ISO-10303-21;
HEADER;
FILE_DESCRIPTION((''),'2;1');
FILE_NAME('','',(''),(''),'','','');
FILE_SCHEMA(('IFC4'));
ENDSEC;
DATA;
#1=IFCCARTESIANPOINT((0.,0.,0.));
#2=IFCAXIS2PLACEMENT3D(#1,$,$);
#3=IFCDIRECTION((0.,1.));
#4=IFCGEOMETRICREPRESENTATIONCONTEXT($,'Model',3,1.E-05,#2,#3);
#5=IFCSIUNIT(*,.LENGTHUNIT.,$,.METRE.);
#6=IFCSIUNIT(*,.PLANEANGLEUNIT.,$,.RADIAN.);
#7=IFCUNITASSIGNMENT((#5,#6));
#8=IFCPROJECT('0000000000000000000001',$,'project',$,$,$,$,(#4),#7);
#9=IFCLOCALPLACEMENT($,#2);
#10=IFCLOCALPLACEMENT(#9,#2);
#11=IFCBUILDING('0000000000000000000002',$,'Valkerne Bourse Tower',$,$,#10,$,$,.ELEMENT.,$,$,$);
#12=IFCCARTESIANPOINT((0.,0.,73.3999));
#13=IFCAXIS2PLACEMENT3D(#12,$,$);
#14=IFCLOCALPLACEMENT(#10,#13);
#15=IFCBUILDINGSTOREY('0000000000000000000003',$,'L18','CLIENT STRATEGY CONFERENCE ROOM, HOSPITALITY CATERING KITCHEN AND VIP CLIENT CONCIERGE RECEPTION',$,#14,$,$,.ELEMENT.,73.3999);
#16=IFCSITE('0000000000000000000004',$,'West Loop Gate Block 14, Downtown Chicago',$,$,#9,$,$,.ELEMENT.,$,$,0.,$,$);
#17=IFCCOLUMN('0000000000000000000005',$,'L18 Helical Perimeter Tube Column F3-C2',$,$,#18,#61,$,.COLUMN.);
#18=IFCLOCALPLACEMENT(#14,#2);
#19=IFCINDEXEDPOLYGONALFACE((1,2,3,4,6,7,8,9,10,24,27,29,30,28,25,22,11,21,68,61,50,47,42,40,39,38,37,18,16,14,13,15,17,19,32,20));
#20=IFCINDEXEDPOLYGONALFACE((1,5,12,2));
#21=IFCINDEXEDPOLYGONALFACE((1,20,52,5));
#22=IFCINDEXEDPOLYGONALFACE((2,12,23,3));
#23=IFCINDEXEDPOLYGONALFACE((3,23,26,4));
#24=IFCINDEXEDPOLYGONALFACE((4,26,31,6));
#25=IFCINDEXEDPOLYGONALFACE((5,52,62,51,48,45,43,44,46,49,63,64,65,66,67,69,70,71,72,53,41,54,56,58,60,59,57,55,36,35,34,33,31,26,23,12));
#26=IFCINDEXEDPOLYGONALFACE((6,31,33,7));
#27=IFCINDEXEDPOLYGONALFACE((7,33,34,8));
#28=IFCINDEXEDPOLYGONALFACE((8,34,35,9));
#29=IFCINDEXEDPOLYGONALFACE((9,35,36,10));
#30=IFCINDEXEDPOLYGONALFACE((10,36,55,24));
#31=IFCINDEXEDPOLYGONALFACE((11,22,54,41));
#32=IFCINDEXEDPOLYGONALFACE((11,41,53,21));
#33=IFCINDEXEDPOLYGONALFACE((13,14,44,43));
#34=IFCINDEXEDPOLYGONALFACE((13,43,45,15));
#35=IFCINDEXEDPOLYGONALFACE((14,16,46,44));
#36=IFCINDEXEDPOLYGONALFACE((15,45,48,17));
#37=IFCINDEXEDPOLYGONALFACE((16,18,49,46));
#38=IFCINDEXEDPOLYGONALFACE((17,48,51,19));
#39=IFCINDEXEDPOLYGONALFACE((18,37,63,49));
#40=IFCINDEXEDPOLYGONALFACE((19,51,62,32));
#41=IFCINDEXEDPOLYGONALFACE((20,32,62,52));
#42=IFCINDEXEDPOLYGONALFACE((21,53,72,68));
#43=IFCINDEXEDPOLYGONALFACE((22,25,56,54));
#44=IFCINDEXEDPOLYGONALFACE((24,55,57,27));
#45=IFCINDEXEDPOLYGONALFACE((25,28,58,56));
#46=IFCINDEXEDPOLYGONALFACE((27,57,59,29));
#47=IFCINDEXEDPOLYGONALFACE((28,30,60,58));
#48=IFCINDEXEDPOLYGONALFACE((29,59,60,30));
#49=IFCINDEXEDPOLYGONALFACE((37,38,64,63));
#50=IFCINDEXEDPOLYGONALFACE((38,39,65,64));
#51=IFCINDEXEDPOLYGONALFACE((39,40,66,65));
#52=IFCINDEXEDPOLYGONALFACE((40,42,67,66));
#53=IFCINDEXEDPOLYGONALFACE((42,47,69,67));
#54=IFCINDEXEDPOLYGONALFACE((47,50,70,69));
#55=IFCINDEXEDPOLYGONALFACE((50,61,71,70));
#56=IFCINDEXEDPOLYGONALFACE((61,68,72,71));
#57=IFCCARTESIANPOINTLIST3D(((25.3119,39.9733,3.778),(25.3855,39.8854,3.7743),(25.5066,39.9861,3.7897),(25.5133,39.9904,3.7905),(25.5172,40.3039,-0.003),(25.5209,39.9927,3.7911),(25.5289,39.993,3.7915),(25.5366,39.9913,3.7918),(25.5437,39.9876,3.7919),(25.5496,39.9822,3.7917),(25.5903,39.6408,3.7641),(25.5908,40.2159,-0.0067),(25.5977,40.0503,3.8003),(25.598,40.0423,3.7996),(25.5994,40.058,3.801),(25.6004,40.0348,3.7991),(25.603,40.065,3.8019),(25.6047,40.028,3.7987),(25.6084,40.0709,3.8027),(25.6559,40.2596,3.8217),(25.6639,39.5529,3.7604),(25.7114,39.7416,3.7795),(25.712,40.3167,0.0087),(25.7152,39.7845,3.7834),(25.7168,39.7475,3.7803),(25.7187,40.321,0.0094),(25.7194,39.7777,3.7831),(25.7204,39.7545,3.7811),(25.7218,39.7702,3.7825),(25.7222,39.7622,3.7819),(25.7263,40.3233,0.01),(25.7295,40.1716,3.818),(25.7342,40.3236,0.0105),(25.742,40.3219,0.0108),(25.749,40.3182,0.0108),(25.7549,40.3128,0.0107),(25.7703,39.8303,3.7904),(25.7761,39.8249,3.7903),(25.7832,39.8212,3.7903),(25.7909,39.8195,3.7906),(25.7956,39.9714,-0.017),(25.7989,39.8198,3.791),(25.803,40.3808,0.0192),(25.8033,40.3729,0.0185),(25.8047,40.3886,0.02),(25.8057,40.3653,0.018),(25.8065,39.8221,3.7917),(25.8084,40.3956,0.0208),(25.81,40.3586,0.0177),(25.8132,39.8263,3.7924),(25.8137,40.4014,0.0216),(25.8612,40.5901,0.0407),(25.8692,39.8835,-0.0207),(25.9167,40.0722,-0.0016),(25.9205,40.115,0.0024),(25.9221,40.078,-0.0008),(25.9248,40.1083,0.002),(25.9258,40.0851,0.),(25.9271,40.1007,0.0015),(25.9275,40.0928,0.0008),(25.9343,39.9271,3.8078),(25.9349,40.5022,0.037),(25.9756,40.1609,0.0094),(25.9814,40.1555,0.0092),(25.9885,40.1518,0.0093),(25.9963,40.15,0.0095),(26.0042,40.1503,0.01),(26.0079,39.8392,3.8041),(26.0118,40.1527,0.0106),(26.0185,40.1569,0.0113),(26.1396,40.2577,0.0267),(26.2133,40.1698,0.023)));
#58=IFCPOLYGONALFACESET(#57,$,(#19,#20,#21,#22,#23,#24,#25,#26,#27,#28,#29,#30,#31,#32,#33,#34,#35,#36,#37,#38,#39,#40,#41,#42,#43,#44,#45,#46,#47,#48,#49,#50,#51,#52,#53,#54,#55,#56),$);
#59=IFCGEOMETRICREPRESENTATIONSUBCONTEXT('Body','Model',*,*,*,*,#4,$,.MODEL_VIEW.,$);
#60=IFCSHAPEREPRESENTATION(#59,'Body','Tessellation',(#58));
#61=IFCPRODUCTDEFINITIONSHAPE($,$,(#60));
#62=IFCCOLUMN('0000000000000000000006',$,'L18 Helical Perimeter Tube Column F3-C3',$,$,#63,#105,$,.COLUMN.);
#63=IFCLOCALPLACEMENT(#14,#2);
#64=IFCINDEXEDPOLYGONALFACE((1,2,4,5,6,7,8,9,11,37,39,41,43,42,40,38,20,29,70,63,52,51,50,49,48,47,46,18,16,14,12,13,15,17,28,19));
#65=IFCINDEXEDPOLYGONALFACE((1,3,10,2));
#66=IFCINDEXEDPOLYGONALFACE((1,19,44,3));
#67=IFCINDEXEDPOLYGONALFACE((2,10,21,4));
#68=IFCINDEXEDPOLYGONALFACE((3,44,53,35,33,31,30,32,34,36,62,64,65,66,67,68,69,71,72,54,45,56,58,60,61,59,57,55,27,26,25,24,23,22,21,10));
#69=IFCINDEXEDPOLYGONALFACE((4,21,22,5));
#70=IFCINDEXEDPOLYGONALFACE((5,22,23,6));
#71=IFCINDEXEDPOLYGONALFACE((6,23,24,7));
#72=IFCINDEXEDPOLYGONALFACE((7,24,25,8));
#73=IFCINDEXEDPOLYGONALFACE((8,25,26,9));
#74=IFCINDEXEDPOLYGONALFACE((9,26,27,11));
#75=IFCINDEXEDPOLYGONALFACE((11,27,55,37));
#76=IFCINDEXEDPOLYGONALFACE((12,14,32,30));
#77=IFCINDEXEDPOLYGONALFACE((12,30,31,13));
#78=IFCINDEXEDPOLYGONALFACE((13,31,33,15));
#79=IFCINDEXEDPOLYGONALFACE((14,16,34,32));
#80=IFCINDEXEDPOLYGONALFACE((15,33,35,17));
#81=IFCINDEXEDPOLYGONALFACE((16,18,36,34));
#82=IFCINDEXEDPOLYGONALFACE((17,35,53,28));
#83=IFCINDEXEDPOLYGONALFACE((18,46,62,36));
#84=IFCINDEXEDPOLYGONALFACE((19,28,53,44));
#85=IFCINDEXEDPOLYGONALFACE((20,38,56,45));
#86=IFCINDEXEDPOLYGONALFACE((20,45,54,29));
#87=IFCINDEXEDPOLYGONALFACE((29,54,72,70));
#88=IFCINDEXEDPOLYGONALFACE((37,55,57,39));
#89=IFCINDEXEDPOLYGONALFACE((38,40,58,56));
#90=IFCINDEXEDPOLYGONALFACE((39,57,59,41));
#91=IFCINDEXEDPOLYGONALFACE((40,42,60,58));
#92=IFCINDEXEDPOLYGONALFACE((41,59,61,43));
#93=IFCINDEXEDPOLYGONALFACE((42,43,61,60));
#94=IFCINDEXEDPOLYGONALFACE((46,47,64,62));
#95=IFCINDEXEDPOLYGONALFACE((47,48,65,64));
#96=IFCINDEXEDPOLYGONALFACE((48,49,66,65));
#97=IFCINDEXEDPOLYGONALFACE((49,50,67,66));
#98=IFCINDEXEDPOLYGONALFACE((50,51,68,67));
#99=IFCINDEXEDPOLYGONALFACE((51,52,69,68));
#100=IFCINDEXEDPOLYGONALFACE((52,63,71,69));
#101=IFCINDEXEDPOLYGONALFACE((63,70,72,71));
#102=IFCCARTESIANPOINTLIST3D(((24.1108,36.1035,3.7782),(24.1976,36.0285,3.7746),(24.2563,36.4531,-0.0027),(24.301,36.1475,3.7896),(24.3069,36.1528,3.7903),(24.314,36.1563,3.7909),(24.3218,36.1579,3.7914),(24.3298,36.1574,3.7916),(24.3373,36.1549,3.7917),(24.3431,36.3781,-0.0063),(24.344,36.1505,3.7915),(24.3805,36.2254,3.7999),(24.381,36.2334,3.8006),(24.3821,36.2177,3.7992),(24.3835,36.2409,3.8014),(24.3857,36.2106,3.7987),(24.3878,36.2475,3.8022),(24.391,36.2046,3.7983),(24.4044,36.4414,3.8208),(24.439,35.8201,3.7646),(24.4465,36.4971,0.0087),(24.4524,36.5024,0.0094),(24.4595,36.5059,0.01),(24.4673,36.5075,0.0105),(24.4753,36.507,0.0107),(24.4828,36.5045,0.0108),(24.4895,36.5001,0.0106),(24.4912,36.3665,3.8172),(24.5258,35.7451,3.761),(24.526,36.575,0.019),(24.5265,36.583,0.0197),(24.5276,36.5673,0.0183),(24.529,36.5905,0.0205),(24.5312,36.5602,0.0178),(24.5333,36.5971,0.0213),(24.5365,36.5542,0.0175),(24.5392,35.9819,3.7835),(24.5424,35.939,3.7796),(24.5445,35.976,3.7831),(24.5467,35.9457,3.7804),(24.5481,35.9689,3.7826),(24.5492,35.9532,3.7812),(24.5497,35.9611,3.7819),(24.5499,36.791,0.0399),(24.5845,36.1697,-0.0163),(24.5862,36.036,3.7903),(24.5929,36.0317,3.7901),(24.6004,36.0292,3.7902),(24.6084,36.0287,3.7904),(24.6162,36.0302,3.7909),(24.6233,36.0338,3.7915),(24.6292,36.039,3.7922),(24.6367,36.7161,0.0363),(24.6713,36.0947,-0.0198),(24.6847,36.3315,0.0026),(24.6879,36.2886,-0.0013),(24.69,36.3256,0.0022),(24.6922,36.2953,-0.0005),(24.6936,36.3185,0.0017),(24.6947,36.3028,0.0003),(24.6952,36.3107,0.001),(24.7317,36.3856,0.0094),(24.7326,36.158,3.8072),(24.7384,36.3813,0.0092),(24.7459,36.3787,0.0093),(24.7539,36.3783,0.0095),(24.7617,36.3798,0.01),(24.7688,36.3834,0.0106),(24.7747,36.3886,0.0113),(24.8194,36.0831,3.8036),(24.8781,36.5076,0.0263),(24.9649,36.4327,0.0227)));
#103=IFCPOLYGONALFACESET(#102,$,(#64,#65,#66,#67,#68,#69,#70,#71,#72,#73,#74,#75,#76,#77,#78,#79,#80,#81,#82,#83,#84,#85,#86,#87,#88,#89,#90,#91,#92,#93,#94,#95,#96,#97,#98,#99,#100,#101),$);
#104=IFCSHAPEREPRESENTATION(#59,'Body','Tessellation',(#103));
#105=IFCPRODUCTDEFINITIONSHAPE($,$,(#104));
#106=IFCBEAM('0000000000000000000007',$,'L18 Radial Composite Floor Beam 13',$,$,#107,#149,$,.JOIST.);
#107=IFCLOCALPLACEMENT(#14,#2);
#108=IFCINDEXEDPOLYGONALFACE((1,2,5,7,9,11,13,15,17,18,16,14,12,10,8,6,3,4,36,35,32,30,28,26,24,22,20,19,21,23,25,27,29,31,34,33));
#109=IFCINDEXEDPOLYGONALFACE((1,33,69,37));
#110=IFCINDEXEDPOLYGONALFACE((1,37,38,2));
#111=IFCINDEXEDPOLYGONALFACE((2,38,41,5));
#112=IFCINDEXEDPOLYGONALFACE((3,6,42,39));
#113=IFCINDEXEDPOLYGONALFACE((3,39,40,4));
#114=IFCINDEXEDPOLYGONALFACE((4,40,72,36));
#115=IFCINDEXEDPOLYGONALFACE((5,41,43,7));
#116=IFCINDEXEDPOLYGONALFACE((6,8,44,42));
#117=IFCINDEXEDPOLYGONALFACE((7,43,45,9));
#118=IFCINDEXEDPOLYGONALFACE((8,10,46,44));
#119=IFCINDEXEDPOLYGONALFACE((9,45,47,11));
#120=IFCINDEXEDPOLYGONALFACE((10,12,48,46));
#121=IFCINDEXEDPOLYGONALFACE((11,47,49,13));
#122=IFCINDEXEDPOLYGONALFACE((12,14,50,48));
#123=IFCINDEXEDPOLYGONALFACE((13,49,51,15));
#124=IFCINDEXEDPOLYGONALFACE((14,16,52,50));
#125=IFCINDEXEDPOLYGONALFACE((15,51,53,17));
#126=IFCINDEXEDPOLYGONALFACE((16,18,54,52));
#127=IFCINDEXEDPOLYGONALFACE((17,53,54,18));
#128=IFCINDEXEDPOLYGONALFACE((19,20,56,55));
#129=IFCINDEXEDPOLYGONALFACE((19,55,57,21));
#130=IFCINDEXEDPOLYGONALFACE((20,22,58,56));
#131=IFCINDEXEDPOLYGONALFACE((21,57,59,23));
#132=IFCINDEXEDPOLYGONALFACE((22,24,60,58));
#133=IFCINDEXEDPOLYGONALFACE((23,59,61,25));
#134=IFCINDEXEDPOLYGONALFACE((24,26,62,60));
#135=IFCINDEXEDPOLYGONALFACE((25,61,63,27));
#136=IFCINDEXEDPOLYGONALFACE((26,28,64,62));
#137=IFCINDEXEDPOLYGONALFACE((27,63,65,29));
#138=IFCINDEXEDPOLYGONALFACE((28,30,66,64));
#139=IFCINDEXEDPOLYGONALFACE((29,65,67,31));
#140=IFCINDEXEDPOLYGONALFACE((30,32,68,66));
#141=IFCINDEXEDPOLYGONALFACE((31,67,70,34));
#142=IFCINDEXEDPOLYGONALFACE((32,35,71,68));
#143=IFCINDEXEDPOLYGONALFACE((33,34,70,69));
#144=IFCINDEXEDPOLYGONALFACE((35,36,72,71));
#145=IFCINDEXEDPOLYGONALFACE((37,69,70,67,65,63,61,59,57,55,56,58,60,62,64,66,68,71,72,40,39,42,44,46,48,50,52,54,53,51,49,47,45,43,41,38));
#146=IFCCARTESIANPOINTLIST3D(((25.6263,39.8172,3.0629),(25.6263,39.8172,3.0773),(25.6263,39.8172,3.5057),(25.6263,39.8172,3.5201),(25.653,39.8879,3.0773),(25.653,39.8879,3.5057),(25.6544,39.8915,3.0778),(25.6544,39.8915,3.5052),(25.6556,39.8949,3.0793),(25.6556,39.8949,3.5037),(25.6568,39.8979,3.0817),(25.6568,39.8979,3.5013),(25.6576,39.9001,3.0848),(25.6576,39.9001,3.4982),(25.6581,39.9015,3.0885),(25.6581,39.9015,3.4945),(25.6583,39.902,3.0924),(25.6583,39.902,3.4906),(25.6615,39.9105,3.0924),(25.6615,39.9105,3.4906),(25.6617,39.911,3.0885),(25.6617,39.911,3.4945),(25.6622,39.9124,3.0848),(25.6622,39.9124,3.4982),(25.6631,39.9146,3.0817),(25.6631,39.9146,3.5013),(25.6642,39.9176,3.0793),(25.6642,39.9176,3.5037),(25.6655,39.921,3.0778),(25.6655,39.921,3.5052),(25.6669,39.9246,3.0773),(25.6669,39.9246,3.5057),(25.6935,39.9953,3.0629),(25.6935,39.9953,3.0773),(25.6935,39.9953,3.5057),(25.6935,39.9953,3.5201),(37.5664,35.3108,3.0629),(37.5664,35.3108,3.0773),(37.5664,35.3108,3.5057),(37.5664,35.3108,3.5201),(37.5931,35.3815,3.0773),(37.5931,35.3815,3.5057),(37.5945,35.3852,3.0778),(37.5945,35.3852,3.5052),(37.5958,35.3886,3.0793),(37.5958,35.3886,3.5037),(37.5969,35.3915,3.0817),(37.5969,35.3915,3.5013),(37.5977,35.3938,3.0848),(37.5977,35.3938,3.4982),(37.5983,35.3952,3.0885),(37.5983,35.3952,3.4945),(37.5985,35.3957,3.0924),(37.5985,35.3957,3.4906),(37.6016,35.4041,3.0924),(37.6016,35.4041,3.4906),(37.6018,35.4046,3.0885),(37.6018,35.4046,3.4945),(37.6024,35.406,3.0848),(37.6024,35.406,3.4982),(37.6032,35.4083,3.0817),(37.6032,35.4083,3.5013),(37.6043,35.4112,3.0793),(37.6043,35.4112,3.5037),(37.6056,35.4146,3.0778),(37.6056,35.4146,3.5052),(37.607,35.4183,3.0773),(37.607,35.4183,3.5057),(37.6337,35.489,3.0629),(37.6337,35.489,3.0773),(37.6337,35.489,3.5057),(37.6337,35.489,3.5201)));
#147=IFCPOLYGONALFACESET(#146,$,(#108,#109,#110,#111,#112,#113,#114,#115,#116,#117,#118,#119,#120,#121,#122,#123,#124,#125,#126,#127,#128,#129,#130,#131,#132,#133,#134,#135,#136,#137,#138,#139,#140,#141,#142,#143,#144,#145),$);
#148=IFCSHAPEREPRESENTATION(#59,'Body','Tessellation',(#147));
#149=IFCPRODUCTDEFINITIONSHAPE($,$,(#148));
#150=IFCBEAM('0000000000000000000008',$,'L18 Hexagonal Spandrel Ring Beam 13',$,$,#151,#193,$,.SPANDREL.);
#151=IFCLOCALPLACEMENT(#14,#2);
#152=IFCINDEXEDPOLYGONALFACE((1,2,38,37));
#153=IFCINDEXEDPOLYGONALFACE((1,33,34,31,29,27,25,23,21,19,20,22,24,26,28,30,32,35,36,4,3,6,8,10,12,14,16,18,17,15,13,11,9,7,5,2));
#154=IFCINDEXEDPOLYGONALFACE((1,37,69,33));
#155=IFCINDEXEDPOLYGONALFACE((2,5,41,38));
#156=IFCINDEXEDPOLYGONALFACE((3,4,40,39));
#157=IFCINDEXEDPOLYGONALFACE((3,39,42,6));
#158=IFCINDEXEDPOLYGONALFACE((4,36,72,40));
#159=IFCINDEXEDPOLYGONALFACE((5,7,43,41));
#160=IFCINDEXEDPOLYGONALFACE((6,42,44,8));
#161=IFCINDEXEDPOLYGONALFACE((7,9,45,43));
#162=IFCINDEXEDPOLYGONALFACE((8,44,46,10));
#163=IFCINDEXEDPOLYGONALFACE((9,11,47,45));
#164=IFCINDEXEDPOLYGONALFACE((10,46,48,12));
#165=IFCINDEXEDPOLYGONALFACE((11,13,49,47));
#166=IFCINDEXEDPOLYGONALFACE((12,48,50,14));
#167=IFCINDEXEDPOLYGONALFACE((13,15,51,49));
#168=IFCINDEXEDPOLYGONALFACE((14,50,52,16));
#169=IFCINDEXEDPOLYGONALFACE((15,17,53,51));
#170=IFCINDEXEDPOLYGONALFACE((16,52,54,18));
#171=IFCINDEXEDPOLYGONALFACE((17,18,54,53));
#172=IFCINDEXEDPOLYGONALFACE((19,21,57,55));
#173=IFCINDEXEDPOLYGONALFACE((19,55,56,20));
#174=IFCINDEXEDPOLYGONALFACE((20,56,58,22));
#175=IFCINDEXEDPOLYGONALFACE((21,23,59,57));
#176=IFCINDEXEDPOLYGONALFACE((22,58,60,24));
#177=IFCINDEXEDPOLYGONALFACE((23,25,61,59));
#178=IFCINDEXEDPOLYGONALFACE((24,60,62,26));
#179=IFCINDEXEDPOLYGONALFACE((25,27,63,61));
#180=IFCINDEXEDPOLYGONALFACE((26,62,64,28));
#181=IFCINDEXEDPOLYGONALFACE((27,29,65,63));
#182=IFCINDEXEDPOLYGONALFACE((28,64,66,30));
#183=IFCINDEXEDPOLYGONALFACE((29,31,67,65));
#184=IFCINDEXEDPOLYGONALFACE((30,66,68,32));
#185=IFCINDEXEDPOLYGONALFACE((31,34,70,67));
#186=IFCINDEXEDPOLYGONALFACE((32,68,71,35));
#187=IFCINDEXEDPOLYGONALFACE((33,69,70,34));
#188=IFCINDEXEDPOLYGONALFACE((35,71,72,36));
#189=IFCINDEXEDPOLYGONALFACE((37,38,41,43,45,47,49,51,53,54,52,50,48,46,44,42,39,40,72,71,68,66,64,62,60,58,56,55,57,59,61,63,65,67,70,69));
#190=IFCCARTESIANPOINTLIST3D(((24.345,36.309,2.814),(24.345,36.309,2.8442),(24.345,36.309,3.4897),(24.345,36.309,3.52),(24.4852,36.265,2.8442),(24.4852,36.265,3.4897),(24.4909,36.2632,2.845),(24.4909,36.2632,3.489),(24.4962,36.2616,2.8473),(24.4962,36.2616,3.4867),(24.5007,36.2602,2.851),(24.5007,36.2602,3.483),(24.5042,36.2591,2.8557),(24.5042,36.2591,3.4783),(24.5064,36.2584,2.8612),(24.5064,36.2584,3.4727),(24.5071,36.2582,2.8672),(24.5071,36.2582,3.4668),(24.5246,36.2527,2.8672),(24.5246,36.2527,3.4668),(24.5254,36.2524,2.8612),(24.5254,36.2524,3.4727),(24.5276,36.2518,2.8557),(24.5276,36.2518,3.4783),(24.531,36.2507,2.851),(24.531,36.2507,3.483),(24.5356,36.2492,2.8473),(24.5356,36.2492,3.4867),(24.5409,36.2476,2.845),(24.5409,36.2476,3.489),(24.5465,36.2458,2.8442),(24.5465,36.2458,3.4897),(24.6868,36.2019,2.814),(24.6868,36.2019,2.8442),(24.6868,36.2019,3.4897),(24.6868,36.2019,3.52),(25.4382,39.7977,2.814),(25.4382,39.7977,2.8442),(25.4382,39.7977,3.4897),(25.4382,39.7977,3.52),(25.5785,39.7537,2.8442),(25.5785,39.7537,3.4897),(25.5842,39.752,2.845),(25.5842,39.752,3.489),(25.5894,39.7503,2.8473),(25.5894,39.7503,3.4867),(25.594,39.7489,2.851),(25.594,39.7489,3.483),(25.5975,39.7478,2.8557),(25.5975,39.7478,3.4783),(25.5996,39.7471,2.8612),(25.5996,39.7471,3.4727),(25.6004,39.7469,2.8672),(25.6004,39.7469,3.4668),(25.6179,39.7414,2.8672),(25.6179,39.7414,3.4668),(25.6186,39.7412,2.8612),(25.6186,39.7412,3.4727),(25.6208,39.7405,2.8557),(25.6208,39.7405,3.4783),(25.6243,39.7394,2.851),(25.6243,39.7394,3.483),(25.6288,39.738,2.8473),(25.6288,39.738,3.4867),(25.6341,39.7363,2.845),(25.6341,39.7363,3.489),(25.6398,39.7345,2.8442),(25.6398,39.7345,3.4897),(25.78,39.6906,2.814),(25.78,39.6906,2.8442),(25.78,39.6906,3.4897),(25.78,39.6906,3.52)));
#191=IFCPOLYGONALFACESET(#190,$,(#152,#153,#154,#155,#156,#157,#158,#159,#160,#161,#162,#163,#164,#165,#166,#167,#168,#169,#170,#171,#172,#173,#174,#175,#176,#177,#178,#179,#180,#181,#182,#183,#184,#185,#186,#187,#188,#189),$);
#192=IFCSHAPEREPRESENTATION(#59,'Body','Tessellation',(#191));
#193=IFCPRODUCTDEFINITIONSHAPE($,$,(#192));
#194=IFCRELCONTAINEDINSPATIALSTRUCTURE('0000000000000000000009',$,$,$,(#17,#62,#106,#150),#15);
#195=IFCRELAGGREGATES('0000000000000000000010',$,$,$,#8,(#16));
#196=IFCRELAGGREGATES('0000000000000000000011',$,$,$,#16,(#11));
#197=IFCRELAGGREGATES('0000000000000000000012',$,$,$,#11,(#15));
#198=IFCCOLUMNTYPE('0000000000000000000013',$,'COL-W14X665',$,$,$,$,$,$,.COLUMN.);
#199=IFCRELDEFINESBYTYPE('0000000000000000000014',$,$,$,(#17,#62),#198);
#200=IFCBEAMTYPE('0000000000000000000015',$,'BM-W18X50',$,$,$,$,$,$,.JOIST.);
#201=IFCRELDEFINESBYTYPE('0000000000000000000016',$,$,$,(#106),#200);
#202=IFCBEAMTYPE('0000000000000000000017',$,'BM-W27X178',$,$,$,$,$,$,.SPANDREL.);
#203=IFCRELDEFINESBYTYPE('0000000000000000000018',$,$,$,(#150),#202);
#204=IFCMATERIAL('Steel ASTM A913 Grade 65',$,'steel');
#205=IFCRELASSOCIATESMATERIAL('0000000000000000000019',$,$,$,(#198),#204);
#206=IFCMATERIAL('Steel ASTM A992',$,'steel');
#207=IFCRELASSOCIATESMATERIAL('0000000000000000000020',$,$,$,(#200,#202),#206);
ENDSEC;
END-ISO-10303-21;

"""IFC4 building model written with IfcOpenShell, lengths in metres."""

from ifc_helpers import new_model, si_unit, direction, frame, origin, origin_2d, place, context, subcontext, project, spatial, i_section, extrude, material, material_profile, profile_set, type_object, element, save


model = new_model("IFC4")

# Units and contexts
model_context = context("Model", 3, precision=1e-05, world=origin(), true_north=direction((0.0, 1.0)))
body_context = subcontext(model_context, "Body", "Model", "MODEL_VIEW")
ifc_project = project(units=[si_unit("LENGTHUNIT", "METRE"), si_unit("PLANEANGLEUNIT", "RADIAN")], contexts=[model_context])

# Site, building, storey
site_placement = place(None, origin())
site = spatial("IfcSite", under=ifc_project, at=site_placement, Name="West Loop Gate Block 14, Downtown Chicago", CompositionType="ELEMENT", RefElevation=0.0)
building_placement = place(site_placement, origin())
building = spatial("IfcBuilding", under=site, at=building_placement, Name="Valkerne Bourse Tower", CompositionType="ELEMENT")
storey_placement = place(building_placement, frame((0.0, 0.0, 73.3999)))
storey = spatial("IfcBuildingStorey", under=building, at=storey_placement, Name="L18", Description="CLIENT STRATEGY CONFERENCE ROOM, HOSPITALITY CATERING KITCHEN AND VIP CLIENT CONCIERGE RECEPTION", CompositionType="ELEMENT", Elevation=73.3999)

# Columns
ifc_material_1 = material(Name="Steel ASTM A913 Grade 65", Category="steel")
ifc_material_profile_1 = material_profile(ifc_material_1, i_section(OverallWidth=0.4497, OverallDepth=0.5486, WebThickness=0.072, FlangeThickness=0.1147, FilletRadius=0.0305, at=origin_2d()), Name="W14X665")
ifc_profile_set_1 = profile_set([ifc_material_profile_1], Name="Steel ASTM A913 Grade 65")
column_type = type_object("IfcColumnType", Name="COL-W14X665", PredefinedType="COLUMN", material=ifc_profile_set_1)
column_1_placement = place(storey_placement, frame((25.8652, 40.2368, 0.01), z_axis=(-0.054018, -0.086969, 0.994745), x_axis=(-0.76504, -0.636604, -0.097202)))
element("IfcColumn", 1, at=column_1_placement, inside=storey, type_object=column_type, Name="L18 Helical Perimeter Tube Column F3-C2", PredefinedType="COLUMN", context=body_context, shape_type="SweptSolid", body=[
    extrude(i_section(OverallWidth=0.4497, OverallDepth=0.5486, WebThickness=0.072, FlangeThickness=0.1147, FilletRadius=0.0305, at=origin_2d()), origin(), (0.0, 0.0, 1.0), 3.801),
])
column_2_placement = place(storey_placement, frame((24.6106, 36.4429, 0.01), z_axis=(-0.038292, -0.092004, 0.995022), x_axis=(-0.652887, -0.751523, -0.094615)))
element("IfcColumn", 2, at=column_2_placement, inside=storey, type_object=column_type, Name="L18 Helical Perimeter Tube Column F3-C3", PredefinedType="COLUMN", context=body_context, shape_type="SweptSolid", body=[
    extrude(i_section(OverallWidth=0.4497, OverallDepth=0.5486, WebThickness=0.072, FlangeThickness=0.1147, FilletRadius=0.0305, at=origin_2d()), origin(), (0.0, 0.0, 1.0), 3.7998),
])

# Beams
ifc_material_2 = material(Name="Steel ASTM A992", Category="steel")
ifc_material_profile_2 = material_profile(ifc_material_2, i_section(OverallWidth=0.1904, OverallDepth=0.4573, WebThickness=0.009, FlangeThickness=0.0144, FilletRadius=0.0151, at=origin_2d()), Name="W18X50")
ifc_profile_set_2 = profile_set([ifc_material_profile_2], Name="Steel ASTM A992")
beam_type_1 = type_object("IfcBeamType", Name="BM-W18X50", PredefinedType="JOIST", material=ifc_profile_set_2)
beam_1_placement = place(storey_placement, frame((25.6599, 39.9062, 3.2915), z_axis=(0.935586, -0.3531, 0.0), x_axis=(0.3531, 0.935586, 0.0)))
element("IfcBeam", 3, at=beam_1_placement, inside=storey, type_object=beam_type_1, Name="L18 Radial Composite Floor Beam 13", PredefinedType="JOIST", context=body_context, shape_type="SweptSolid", body=[
    extrude(i_section(OverallWidth=0.1904, OverallDepth=0.4573, WebThickness=0.009, FlangeThickness=0.0144, FilletRadius=0.0151, at=origin_2d()), origin(), (0.0, 0.0, 1.0), 12.7622),
])
ifc_material_profile_3 = material_profile(ifc_material_2, i_section(OverallWidth=0.3582, OverallDepth=0.7061, WebThickness=0.0183, FlangeThickness=0.0303, FilletRadius=0.0229, at=origin_2d()), Name="W27X178")
ifc_profile_set_3 = profile_set([ifc_material_profile_3], Name="Steel ASTM A992")
beam_type_2 = type_object("IfcBeamType", Name="BM-W27X178", PredefinedType="SPANDREL", material=ifc_profile_set_3)
for number, where, z_axis, x_axis, name in (
    (4, (25.6091, 39.7441, 3.167), (-0.299028, -0.954244, 0.0), (0.954244, -0.299028, 0.0), "L18 Hexagonal Spandrel Ring Beam 13"),
):
    element("IfcBeam", number, at=place(storey_placement, frame(where, z_axis=z_axis, x_axis=x_axis)), inside=storey, type_object=beam_type_2, Name=name, PredefinedType="SPANDREL", context=body_context, shape_type="SweptSolid", body=[
        extrude(i_section(OverallWidth=0.3582, OverallDepth=0.7061, WebThickness=0.0183, FlangeThickness=0.0303, FilletRadius=0.0229, at=origin_2d()), origin(), (0.0, 0.0, 1.0), 3.656),
    ])

save(model, "model.ifc")
